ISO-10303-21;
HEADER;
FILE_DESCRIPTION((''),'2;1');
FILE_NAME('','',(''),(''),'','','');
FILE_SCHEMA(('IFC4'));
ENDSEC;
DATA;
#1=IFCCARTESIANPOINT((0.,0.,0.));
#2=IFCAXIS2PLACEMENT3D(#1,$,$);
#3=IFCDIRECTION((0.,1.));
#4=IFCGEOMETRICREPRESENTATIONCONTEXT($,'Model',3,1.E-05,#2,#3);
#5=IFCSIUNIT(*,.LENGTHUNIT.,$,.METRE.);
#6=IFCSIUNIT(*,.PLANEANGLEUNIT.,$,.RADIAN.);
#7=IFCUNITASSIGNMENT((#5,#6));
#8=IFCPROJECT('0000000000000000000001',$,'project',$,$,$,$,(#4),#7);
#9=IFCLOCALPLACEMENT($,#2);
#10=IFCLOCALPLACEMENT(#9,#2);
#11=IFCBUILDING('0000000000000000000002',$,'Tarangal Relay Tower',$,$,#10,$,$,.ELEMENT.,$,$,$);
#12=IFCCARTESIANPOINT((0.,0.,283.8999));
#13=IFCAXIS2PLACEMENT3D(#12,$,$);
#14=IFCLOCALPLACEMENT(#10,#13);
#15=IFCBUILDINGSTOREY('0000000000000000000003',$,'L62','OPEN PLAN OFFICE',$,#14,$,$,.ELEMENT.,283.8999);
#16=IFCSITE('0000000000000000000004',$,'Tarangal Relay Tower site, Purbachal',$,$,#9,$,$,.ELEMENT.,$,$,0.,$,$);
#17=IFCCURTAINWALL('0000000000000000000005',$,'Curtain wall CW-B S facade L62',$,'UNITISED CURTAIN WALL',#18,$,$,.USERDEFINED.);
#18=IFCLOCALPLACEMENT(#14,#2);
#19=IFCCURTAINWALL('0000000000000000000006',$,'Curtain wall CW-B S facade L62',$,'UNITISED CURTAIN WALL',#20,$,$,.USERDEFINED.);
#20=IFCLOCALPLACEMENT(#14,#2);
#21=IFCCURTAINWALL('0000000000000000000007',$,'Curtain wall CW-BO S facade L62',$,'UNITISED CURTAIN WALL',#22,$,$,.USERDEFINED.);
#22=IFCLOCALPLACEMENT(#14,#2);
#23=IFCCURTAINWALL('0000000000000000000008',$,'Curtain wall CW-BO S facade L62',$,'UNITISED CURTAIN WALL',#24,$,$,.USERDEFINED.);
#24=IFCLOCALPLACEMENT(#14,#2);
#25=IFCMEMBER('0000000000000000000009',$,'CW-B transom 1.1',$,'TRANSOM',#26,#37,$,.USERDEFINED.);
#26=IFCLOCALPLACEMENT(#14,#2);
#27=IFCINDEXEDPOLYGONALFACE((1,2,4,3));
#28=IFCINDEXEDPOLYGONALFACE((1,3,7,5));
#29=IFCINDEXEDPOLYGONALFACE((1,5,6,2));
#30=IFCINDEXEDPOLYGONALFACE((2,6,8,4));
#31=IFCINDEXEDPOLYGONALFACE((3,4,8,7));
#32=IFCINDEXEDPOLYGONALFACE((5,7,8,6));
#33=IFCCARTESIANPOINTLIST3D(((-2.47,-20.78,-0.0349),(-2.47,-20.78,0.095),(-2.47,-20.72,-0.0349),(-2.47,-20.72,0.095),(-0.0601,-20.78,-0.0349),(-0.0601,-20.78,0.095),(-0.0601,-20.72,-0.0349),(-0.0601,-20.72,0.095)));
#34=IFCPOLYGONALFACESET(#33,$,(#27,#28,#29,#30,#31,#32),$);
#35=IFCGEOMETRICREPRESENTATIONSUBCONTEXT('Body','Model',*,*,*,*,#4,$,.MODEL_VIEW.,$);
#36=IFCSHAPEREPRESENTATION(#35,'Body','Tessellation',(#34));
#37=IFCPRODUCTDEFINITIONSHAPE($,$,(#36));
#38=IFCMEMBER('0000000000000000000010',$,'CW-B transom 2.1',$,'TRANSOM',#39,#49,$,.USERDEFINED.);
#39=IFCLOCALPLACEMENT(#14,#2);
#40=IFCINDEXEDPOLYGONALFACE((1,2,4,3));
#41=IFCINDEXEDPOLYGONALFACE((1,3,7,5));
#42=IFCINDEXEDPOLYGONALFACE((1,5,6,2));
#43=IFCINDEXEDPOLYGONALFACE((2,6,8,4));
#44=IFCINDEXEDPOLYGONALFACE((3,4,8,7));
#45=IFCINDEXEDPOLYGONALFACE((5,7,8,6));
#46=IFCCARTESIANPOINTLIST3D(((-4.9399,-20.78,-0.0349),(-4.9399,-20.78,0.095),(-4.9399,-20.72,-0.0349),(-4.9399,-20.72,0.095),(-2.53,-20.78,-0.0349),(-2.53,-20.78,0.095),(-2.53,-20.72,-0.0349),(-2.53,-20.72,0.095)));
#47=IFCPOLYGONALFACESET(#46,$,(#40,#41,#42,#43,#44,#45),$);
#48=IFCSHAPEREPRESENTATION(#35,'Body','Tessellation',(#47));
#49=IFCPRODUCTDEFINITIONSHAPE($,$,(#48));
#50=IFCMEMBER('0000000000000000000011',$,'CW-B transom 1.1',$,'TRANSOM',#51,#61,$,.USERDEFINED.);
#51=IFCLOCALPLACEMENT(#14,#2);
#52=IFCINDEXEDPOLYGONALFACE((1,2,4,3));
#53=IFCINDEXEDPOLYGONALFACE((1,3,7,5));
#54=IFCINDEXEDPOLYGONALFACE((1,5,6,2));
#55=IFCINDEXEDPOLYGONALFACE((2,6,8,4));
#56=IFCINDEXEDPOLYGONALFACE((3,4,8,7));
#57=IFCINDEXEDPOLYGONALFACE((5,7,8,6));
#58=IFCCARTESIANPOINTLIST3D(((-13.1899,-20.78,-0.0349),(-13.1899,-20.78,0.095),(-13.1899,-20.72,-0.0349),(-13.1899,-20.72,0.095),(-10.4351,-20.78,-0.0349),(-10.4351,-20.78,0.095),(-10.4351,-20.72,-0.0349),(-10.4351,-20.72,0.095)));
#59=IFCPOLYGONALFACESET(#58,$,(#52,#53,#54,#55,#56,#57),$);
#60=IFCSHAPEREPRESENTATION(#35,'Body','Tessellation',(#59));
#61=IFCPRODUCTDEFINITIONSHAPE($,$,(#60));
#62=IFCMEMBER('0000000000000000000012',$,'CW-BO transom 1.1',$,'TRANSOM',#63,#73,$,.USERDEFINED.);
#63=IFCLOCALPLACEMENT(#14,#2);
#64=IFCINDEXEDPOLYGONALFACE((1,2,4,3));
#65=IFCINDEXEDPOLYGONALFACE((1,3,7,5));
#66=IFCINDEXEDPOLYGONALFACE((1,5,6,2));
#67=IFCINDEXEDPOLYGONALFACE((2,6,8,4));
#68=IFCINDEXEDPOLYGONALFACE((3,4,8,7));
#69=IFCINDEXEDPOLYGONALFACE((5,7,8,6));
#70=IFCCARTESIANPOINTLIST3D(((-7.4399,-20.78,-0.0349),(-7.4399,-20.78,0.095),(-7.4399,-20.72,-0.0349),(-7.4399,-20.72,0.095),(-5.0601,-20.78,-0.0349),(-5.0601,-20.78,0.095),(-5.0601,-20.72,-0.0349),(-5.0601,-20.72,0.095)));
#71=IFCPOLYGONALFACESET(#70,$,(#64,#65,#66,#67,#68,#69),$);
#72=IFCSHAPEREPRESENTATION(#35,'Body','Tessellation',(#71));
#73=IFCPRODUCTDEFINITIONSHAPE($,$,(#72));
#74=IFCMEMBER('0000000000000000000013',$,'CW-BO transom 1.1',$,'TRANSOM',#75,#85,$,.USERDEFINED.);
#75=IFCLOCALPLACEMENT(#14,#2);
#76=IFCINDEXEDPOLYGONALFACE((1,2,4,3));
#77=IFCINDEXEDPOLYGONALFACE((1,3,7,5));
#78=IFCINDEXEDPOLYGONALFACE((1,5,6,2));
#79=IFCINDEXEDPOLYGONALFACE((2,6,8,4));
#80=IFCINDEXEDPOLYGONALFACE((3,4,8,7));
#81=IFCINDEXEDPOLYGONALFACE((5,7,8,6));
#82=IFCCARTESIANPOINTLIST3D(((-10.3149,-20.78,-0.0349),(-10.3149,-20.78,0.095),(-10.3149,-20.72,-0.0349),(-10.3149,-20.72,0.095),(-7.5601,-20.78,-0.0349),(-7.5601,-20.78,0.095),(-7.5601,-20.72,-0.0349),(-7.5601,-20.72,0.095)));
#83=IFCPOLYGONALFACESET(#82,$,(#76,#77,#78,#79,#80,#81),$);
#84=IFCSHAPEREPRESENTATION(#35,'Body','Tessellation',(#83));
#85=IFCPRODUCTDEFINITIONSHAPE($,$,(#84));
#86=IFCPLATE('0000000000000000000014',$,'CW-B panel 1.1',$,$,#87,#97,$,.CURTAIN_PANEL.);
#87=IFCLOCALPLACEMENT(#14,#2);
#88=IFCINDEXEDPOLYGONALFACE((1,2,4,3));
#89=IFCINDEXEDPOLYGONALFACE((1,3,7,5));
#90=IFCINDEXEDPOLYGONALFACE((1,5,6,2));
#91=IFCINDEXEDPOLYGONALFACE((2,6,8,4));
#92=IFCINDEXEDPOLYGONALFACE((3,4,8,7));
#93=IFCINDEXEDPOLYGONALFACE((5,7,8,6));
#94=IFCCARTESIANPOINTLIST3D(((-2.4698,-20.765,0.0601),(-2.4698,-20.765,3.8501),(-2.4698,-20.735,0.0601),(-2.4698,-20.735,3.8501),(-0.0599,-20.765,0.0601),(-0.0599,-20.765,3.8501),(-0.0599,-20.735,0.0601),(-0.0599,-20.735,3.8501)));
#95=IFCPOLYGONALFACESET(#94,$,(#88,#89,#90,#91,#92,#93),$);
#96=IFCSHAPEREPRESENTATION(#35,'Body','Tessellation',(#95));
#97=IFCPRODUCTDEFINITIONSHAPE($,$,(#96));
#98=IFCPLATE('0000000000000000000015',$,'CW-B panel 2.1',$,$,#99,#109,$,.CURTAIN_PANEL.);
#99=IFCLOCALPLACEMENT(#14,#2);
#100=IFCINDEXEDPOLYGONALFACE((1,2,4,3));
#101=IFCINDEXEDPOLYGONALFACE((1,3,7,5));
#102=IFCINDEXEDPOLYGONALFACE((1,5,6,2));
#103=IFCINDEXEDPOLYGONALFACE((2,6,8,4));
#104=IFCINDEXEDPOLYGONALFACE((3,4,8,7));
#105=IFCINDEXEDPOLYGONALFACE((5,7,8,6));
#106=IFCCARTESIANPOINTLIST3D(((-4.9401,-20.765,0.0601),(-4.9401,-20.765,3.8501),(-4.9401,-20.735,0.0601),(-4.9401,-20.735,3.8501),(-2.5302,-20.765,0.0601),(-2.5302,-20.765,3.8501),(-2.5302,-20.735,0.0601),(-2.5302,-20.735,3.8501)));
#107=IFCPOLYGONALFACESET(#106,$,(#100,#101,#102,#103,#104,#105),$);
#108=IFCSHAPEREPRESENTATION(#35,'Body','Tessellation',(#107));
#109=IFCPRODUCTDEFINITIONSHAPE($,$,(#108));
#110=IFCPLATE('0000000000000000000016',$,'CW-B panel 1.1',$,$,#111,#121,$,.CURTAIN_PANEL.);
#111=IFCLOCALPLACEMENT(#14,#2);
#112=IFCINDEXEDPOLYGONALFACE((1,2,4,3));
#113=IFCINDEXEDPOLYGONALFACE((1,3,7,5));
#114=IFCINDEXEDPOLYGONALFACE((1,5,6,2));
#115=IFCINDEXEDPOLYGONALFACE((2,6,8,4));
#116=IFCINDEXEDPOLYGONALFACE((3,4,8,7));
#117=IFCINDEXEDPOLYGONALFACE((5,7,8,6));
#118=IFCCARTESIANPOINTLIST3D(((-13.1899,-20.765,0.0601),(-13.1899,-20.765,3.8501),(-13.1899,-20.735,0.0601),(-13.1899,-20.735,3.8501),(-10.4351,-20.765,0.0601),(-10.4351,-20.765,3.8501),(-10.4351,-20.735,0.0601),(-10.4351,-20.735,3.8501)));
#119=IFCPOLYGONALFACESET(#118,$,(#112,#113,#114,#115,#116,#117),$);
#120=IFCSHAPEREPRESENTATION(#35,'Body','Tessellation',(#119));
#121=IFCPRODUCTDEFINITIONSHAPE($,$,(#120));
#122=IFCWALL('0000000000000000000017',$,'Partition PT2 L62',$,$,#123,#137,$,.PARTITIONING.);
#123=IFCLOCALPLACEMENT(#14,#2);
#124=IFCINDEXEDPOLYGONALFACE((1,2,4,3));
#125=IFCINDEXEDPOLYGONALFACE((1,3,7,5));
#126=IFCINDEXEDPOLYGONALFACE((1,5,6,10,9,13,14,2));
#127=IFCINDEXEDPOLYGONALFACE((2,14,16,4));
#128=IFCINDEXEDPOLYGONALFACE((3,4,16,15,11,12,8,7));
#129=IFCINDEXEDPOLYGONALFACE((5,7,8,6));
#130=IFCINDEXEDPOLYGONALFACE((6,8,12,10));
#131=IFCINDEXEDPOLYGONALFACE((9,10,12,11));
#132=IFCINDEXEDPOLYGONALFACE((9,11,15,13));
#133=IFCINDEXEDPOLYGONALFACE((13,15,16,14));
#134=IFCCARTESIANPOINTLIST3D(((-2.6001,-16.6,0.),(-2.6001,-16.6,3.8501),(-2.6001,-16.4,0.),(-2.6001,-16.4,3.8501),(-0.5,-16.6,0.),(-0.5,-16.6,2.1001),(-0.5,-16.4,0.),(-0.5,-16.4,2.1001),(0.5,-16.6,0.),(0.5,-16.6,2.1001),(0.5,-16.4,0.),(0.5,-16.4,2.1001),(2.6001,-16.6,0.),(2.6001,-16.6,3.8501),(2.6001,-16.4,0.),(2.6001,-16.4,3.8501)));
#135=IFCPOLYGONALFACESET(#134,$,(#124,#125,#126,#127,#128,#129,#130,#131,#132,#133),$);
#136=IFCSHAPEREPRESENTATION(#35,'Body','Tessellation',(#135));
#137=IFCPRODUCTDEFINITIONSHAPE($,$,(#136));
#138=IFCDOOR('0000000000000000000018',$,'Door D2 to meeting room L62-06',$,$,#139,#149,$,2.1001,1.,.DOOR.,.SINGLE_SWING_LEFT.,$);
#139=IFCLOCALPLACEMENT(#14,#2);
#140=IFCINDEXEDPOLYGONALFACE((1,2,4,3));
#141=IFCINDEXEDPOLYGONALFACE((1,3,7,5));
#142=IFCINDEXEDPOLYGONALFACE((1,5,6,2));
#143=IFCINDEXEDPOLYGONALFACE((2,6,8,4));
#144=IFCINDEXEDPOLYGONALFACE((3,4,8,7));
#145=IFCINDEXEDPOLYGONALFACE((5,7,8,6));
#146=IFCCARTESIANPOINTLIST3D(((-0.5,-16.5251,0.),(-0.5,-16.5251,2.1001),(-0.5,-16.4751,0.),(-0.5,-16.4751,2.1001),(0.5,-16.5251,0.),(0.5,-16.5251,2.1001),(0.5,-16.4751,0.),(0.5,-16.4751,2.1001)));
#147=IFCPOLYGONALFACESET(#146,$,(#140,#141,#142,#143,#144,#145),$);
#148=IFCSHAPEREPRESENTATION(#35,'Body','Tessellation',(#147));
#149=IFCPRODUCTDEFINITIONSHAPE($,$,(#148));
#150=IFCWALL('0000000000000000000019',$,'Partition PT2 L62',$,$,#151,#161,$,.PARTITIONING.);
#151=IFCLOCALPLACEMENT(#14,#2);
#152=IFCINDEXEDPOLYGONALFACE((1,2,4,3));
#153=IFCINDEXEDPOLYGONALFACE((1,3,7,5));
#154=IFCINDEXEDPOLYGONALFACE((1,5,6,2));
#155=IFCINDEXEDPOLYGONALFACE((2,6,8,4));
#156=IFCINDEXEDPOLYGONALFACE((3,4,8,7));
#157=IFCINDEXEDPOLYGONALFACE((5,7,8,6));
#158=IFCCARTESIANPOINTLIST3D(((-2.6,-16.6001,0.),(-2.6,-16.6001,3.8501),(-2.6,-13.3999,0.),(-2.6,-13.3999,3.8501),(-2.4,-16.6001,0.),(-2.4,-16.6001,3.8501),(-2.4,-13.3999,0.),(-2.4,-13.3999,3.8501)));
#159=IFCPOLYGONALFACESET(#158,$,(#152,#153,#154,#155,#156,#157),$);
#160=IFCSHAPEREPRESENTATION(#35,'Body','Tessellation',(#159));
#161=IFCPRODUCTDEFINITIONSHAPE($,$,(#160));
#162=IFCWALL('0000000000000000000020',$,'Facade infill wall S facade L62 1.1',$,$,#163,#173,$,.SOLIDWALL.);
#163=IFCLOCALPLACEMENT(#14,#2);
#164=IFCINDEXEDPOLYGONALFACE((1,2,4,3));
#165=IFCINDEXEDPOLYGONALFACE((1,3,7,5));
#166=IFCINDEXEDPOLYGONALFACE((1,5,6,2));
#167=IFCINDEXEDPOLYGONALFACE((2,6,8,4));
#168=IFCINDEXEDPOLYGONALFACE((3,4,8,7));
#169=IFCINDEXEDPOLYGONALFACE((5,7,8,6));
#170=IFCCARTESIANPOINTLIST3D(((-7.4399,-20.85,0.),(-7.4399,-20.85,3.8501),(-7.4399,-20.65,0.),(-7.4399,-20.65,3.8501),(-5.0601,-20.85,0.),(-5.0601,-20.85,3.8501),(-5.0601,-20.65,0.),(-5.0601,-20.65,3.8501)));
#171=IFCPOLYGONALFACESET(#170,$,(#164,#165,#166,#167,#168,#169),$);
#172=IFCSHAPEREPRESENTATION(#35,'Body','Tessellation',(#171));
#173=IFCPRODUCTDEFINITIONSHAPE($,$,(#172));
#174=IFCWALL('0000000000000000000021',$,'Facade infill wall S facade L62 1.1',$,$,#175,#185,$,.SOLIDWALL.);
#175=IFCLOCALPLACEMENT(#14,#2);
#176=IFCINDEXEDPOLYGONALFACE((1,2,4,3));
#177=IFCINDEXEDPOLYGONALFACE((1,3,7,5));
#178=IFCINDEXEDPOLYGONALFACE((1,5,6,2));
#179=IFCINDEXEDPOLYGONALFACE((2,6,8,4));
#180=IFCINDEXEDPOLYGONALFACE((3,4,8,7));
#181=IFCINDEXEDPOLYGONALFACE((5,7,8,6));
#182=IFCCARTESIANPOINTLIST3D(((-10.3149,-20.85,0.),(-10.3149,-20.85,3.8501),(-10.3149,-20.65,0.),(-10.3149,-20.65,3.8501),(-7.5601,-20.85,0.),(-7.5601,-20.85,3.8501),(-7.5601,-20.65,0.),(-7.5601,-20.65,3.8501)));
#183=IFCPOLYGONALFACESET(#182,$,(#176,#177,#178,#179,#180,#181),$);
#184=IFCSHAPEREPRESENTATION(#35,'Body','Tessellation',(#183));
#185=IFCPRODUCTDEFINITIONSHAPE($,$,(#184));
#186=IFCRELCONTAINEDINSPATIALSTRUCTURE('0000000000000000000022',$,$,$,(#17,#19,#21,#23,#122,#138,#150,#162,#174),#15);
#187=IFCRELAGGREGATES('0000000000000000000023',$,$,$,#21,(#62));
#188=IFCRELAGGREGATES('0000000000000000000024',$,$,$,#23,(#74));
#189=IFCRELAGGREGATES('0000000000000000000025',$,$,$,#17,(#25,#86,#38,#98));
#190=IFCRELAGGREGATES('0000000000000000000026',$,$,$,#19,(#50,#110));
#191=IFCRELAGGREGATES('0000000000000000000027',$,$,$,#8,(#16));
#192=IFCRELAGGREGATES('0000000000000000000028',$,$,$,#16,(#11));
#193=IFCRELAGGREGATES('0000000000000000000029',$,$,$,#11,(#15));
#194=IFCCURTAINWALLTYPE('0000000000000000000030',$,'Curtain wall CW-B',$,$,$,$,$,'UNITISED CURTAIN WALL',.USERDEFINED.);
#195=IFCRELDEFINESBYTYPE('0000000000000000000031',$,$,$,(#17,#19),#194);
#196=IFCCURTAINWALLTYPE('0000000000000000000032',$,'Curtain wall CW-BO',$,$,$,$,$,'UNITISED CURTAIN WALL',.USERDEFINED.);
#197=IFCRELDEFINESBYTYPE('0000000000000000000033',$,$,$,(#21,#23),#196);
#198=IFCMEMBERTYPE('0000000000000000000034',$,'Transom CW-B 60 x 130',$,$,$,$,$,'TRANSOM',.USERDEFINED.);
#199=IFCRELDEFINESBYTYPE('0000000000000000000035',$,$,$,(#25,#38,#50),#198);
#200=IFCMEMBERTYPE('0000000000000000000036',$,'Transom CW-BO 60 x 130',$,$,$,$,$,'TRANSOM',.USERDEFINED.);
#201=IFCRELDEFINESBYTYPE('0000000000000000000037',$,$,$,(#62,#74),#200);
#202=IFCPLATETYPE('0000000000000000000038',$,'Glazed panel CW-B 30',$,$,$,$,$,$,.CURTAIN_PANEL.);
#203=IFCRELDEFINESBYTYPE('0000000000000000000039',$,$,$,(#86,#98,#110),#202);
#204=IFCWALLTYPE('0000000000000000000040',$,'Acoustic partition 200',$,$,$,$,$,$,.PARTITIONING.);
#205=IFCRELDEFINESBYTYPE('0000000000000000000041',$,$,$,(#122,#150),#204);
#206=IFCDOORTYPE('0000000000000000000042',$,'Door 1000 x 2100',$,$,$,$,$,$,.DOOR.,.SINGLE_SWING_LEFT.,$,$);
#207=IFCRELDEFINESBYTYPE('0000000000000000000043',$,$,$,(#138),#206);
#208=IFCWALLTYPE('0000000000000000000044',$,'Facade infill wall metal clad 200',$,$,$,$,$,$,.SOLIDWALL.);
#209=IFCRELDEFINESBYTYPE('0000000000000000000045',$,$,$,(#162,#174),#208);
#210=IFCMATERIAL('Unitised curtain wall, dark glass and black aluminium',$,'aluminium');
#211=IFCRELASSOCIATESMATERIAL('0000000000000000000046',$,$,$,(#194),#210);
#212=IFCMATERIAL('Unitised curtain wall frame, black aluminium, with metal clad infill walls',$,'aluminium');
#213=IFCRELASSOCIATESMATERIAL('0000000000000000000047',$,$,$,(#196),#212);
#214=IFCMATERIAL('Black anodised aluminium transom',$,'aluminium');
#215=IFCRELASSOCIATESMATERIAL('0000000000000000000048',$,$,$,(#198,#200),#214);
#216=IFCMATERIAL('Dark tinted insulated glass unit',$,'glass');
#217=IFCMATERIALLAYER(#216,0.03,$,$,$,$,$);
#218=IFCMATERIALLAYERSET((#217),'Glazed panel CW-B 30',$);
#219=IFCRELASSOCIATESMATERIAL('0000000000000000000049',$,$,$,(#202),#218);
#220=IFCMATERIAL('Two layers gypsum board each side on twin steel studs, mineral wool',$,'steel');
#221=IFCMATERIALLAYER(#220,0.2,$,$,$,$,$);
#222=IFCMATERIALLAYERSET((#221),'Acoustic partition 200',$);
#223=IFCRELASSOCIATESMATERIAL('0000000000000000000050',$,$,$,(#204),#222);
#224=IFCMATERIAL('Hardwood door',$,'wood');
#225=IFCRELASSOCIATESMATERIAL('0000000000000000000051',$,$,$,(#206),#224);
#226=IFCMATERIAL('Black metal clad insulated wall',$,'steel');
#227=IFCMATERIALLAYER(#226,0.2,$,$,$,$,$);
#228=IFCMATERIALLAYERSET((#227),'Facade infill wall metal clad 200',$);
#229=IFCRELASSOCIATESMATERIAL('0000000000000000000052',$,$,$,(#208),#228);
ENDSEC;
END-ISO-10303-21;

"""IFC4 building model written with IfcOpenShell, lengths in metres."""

from ifc_helpers import new_model, si_unit, direction, frame, frame_2d, origin, origin_2d, place, context, subcontext, project, spatial, rectangle, extrude, material, layer, layer_set, material_profile, profile_set, type_object, element, fill, aggregate, save


model = new_model("IFC4")

# Units and contexts
model_context = context("Model", 3, precision=1e-05, world=origin(), true_north=direction((0.0, 1.0)))
body_context = subcontext(model_context, "Body", "Model", "MODEL_VIEW")
ifc_project = project(units=[si_unit("LENGTHUNIT", "METRE"), si_unit("PLANEANGLEUNIT", "RADIAN")], contexts=[model_context])

# Site, building, storey
site_placement = place(None, origin())
site = spatial("IfcSite", under=ifc_project, at=site_placement, Name="Tarangal Relay Tower site, Purbachal", CompositionType="ELEMENT", RefElevation=0.0)
building_placement = place(site_placement, origin())
building = spatial("IfcBuilding", under=site, at=building_placement, Name="Tarangal Relay Tower", CompositionType="ELEMENT")
storey_placement = place(building_placement, frame((0.0, 0.0, 283.8999)))
storey = spatial("IfcBuildingStorey", under=building, at=storey_placement, Name="L62", Description="OPEN PLAN OFFICE", CompositionType="ELEMENT", Elevation=283.8999)

# Curtain wall
ifc_material_1 = material(Name="Unitised curtain wall, dark glass and black aluminium", Category="aluminium")
curtain_wall_type_1 = type_object("IfcCurtainWallType", Name="Curtain wall CW-B", ElementType="UNITISED CURTAIN WALL", PredefinedType="USERDEFINED", material=ifc_material_1)
curtain_wall_1_placement = place(storey_placement, origin())
curtain_wall_1 = element("IfcCurtainWall", 1, at=curtain_wall_1_placement, inside=storey, type_object=curtain_wall_type_1, Name="Curtain wall CW-B S facade L62", ObjectType="UNITISED CURTAIN WALL", PredefinedType="USERDEFINED")

# Curtain wall
curtain_wall_2_placement = place(storey_placement, origin())
curtain_wall_2 = element("IfcCurtainWall", 2, at=curtain_wall_2_placement, inside=storey, type_object=curtain_wall_type_1, Name="Curtain wall CW-B S facade L62", ObjectType="UNITISED CURTAIN WALL", PredefinedType="USERDEFINED")

# Curtain walls
ifc_material_2 = material(Name="Unitised curtain wall frame, black aluminium, with metal clad infill walls", Category="aluminium")
curtain_wall_type_2 = type_object("IfcCurtainWallType", Name="Curtain wall CW-BO", ElementType="UNITISED CURTAIN WALL", PredefinedType="USERDEFINED", material=ifc_material_2)
curtain_wall_3_placement = place(storey_placement, origin())
curtain_wall_3 = element("IfcCurtainWall", 3, at=curtain_wall_3_placement, inside=storey, type_object=curtain_wall_type_2, Name="Curtain wall CW-BO S facade L62", ObjectType="UNITISED CURTAIN WALL", PredefinedType="USERDEFINED")
curtain_wall_4_placement = place(storey_placement, origin())
curtain_wall_4 = element("IfcCurtainWall", 4, at=curtain_wall_4_placement, inside=storey, type_object=curtain_wall_type_2, Name="Curtain wall CW-BO S facade L62", ObjectType="UNITISED CURTAIN WALL", PredefinedType="USERDEFINED")

# Members
ifc_material_3 = material(Name="Black anodised aluminium transom", Category="aluminium")
ifc_material_profile_1 = material_profile(ifc_material_3, rectangle(XDim=0.0601, YDim=0.1299, at=origin_2d()), Name="CW-BT 60X130")
ifc_profile_set_1 = profile_set([ifc_material_profile_1], Name="Black anodised aluminium transom")
member_type_1 = type_object("IfcMemberType", Name="Transom CW-B 60 x 130", ElementType="TRANSOM", PredefinedType="USERDEFINED", material=ifc_profile_set_1)
member_1_placement = place(storey_placement, frame((-0.0601, -20.75, 0.03), z_axis=(-1.0, 0.0, 0.0), x_axis=(0.0, -1.0, 0.0)))
member_1 = element("IfcMember", 5, at=member_1_placement, type_object=member_type_1, Name="CW-B transom 1.1", ObjectType="TRANSOM", PredefinedType="USERDEFINED", context=body_context, shape_type="SweptSolid", body=[
    extrude(rectangle(XDim=0.0601, YDim=0.1299, at=origin_2d()), origin(), (0.0, 0.0, 1.0), 2.4099),
])
member_2_placement = place(storey_placement, frame((-2.53, -20.75, 0.03), z_axis=(-1.0, 0.0, 0.0), x_axis=(0.0, -1.0, 0.0)))
member_2 = element("IfcMember", 6, at=member_2_placement, type_object=member_type_1, Name="CW-B transom 2.1", ObjectType="TRANSOM", PredefinedType="USERDEFINED", context=body_context, shape_type="SweptSolid", body=[
    extrude(rectangle(XDim=0.0601, YDim=0.1299, at=origin_2d()), origin(), (0.0, 0.0, 1.0), 2.4099),
])
member_3_placement = place(storey_placement, frame((-10.4351, -20.75, 0.03), z_axis=(-1.0, 0.0, 0.0), x_axis=(0.0, -1.0, 0.0)))
member_3 = element("IfcMember", 7, at=member_3_placement, type_object=member_type_1, Name="CW-B transom 1.1", ObjectType="TRANSOM", PredefinedType="USERDEFINED", context=body_context, shape_type="SweptSolid", body=[
    extrude(rectangle(XDim=0.0601, YDim=0.1299, at=origin_2d()), origin(), (0.0, 0.0, 1.0), 2.7549),
])
ifc_material_profile_2 = material_profile(ifc_material_3, rectangle(XDim=0.0601, YDim=0.1299, at=origin_2d()), Name="CW-BOT 60X130")
ifc_profile_set_2 = profile_set([ifc_material_profile_2], Name="Black anodised aluminium transom")
member_type_2 = type_object("IfcMemberType", Name="Transom CW-BO 60 x 130", ElementType="TRANSOM", PredefinedType="USERDEFINED", material=ifc_profile_set_2)
member_4_placement = place(storey_placement, frame((-5.0601, -20.75, 0.03), z_axis=(-1.0, 0.0, 0.0), x_axis=(0.0, -1.0, 0.0)))
member_4 = element("IfcMember", 8, at=member_4_placement, type_object=member_type_2, Name="CW-BO transom 1.1", ObjectType="TRANSOM", PredefinedType="USERDEFINED", context=body_context, shape_type="SweptSolid", body=[
    extrude(rectangle(XDim=0.0601, YDim=0.1299, at=origin_2d()), origin(), (0.0, 0.0, 1.0), 2.3799),
])
aggregate(curtain_wall_3, [member_4])
member_5_placement = place(storey_placement, frame((-7.5601, -20.75, 0.03), z_axis=(-1.0, 0.0, 0.0), x_axis=(0.0, -1.0, 0.0)))
member_5 = element("IfcMember", 9, at=member_5_placement, type_object=member_type_2, Name="CW-BO transom 1.1", ObjectType="TRANSOM", PredefinedType="USERDEFINED", context=body_context, shape_type="SweptSolid", body=[
    extrude(rectangle(XDim=0.0601, YDim=0.1299, at=origin_2d()), origin(), (0.0, 0.0, 1.0), 2.7549),
])
aggregate(curtain_wall_4, [member_5])

# Plates
ifc_material_4 = material(Name="Dark tinted insulated glass unit", Category="glass")
ifc_layer_1 = layer(ifc_material_4, 0.03)
ifc_layer_set_1 = layer_set([ifc_layer_1], Name="Glazed panel CW-B 30")
plate_type = type_object("IfcPlateType", Name="Glazed panel CW-B 30", PredefinedType="CURTAIN_PANEL", material=ifc_layer_set_1)
plate_1_placement = place(storey_placement, frame((-1.2649, -20.75, 0.0601), z_axis=(0.0, 0.0, 1.0), x_axis=(-1.0, 0.0, 0.0)))
plate_1 = element("IfcPlate", 10, at=plate_1_placement, type_object=plate_type, Name="CW-B panel 1.1", PredefinedType="CURTAIN_PANEL", context=body_context, shape_type="SweptSolid", body=[
    extrude(rectangle(XDim=2.4099, YDim=0.03, at=origin_2d()), origin(), (0.0, 0.0, 1.0), 3.79),
])
plate_2_placement = place(storey_placement, frame((-3.7351, -20.75, 0.0601), z_axis=(0.0, 0.0, 1.0), x_axis=(-1.0, 0.0, 0.0)))
plate_2 = element("IfcPlate", 11, at=plate_2_placement, type_object=plate_type, Name="CW-B panel 2.1", PredefinedType="CURTAIN_PANEL", context=body_context, shape_type="SweptSolid", body=[
    extrude(rectangle(XDim=2.4099, YDim=0.03, at=origin_2d()), origin(), (0.0, 0.0, 1.0), 3.79),
])
aggregate(curtain_wall_1, [member_1, plate_1, member_2, plate_2])
plate_3_placement = place(storey_placement, frame((-11.8125, -20.75, 0.0601), z_axis=(0.0, 0.0, 1.0), x_axis=(-1.0, 0.0, 0.0)))
plate_3 = element("IfcPlate", 12, at=plate_3_placement, type_object=plate_type, Name="CW-B panel 1.1", PredefinedType="CURTAIN_PANEL", context=body_context, shape_type="SweptSolid", body=[
    extrude(rectangle(XDim=2.7549, YDim=0.03, at=origin_2d()), origin(), (0.0, 0.0, 1.0), 3.79),
])
aggregate(curtain_wall_2, [member_3, plate_3])

# Wall, opening, door
ifc_material_5 = material(Name="Two layers gypsum board each side on twin steel studs, mineral wool", Category="steel")
ifc_layer_2 = layer(ifc_material_5, 0.2)
ifc_layer_set_2 = layer_set([ifc_layer_2], Name="Acoustic partition 200")
wall_type_1 = type_object("IfcWallType", Name="Acoustic partition 200", PredefinedType="PARTITIONING", material=ifc_layer_set_2)
wall_1_placement = place(storey_placement, frame((-2.6001, -16.5, 0.0), z_axis=(0.0, 0.0, 1.0), x_axis=(1.0, 0.0, 0.0)))
wall_1 = element("IfcWall", 13, at=wall_1_placement, inside=storey, type_object=wall_type_1, Name="Partition PT2 L62", PredefinedType="PARTITIONING", context=body_context, shape_type="SweptSolid", body=[
    extrude(rectangle(XDim=5.2002, YDim=0.2, at=frame_2d((2.6001, 0.0))), origin(), (0.0, 0.0, 1.0), 3.8501),
])
opening_placement = place(wall_1_placement, frame((2.1001, 0.0, 0.0)))
opening = element("IfcOpeningElement", 14, at=opening_placement, cuts=wall_1, PredefinedType="OPENING", context=body_context, shape_type="SweptSolid", body=[
    extrude(rectangle(XDim=1.0, YDim=2.1001, at=frame_2d((0.5, 1.05))), frame((0.0, 0.1099, 0.0), z_axis=(0.0, -1.0, 0.0), x_axis=(1.0, 0.0, 0.0)), (0.0, 0.0, 1.0), 0.22),
])
ifc_material_6 = material(Name="Hardwood door", Category="wood")
door_type = type_object("IfcDoorType", Name="Door 1000 x 2100", OperationType="SINGLE_SWING_LEFT", PredefinedType="DOOR", material=ifc_material_6)
door_placement = place(opening_placement, origin())
door = element("IfcDoor", 15, at=door_placement, inside=storey, type_object=door_type, Name="Door D2 to meeting room L62-06", OperationType="SINGLE_SWING_LEFT", OverallHeight=2.1001, OverallWidth=1.0, PredefinedType="DOOR", context=body_context, shape_type="SweptSolid", body=[
    extrude(rectangle(XDim=1.0, YDim=2.1001, at=frame_2d((0.5, 1.05))), frame((0.0, 0.0249, 0.0), z_axis=(0.0, -1.0, 0.0), x_axis=(1.0, 0.0, 0.0)), (0.0, 0.0, 1.0), 0.05),
])
fill(opening, door)

# Walls
wall_2_placement = place(storey_placement, frame((-2.5, -16.6001, 0.0), z_axis=(0.0, 0.0, 1.0), x_axis=(0.0, 1.0, 0.0)))
element("IfcWall", 16, at=wall_2_placement, inside=storey, type_object=wall_type_1, Name="Partition PT2 L62", PredefinedType="PARTITIONING", context=body_context, shape_type="SweptSolid", body=[
    extrude(rectangle(XDim=3.2002, YDim=0.2, at=frame_2d((1.6001, 0.0))), origin(), (0.0, 0.0, 1.0), 3.8501),
])
ifc_material_7 = material(Name="Black metal clad insulated wall", Category="steel")
ifc_layer_3 = layer(ifc_material_7, 0.2)
ifc_layer_set_3 = layer_set([ifc_layer_3], Name="Facade infill wall metal clad 200")
wall_type_2 = type_object("IfcWallType", Name="Facade infill wall metal clad 200", PredefinedType="SOLIDWALL", material=ifc_layer_set_3)
wall_3_placement = place(storey_placement, frame((-5.0601, -20.75, 0.0), z_axis=(0.0, 0.0, 1.0), x_axis=(-1.0, 0.0, 0.0)))
element("IfcWall", 17, at=wall_3_placement, inside=storey, type_object=wall_type_2, Name="Facade infill wall S facade L62 1.1", PredefinedType="SOLIDWALL", context=body_context, shape_type="SweptSolid", body=[
    extrude(rectangle(XDim=2.3799, YDim=0.2, at=frame_2d((1.1899, 0.0))), origin(), (0.0, 0.0, 1.0), 3.8501),
])
wall_4_placement = place(storey_placement, frame((-7.5601, -20.75, 0.0), z_axis=(0.0, 0.0, 1.0), x_axis=(-1.0, 0.0, 0.0)))
element("IfcWall", 18, at=wall_4_placement, inside=storey, type_object=wall_type_2, Name="Facade infill wall S facade L62 1.1", PredefinedType="SOLIDWALL", context=body_context, shape_type="SweptSolid", body=[
    extrude(rectangle(XDim=2.7549, YDim=0.2, at=frame_2d((1.3774, 0.0))), origin(), (0.0, 0.0, 1.0), 3.8501),
])

save(model, "model.ifc")
